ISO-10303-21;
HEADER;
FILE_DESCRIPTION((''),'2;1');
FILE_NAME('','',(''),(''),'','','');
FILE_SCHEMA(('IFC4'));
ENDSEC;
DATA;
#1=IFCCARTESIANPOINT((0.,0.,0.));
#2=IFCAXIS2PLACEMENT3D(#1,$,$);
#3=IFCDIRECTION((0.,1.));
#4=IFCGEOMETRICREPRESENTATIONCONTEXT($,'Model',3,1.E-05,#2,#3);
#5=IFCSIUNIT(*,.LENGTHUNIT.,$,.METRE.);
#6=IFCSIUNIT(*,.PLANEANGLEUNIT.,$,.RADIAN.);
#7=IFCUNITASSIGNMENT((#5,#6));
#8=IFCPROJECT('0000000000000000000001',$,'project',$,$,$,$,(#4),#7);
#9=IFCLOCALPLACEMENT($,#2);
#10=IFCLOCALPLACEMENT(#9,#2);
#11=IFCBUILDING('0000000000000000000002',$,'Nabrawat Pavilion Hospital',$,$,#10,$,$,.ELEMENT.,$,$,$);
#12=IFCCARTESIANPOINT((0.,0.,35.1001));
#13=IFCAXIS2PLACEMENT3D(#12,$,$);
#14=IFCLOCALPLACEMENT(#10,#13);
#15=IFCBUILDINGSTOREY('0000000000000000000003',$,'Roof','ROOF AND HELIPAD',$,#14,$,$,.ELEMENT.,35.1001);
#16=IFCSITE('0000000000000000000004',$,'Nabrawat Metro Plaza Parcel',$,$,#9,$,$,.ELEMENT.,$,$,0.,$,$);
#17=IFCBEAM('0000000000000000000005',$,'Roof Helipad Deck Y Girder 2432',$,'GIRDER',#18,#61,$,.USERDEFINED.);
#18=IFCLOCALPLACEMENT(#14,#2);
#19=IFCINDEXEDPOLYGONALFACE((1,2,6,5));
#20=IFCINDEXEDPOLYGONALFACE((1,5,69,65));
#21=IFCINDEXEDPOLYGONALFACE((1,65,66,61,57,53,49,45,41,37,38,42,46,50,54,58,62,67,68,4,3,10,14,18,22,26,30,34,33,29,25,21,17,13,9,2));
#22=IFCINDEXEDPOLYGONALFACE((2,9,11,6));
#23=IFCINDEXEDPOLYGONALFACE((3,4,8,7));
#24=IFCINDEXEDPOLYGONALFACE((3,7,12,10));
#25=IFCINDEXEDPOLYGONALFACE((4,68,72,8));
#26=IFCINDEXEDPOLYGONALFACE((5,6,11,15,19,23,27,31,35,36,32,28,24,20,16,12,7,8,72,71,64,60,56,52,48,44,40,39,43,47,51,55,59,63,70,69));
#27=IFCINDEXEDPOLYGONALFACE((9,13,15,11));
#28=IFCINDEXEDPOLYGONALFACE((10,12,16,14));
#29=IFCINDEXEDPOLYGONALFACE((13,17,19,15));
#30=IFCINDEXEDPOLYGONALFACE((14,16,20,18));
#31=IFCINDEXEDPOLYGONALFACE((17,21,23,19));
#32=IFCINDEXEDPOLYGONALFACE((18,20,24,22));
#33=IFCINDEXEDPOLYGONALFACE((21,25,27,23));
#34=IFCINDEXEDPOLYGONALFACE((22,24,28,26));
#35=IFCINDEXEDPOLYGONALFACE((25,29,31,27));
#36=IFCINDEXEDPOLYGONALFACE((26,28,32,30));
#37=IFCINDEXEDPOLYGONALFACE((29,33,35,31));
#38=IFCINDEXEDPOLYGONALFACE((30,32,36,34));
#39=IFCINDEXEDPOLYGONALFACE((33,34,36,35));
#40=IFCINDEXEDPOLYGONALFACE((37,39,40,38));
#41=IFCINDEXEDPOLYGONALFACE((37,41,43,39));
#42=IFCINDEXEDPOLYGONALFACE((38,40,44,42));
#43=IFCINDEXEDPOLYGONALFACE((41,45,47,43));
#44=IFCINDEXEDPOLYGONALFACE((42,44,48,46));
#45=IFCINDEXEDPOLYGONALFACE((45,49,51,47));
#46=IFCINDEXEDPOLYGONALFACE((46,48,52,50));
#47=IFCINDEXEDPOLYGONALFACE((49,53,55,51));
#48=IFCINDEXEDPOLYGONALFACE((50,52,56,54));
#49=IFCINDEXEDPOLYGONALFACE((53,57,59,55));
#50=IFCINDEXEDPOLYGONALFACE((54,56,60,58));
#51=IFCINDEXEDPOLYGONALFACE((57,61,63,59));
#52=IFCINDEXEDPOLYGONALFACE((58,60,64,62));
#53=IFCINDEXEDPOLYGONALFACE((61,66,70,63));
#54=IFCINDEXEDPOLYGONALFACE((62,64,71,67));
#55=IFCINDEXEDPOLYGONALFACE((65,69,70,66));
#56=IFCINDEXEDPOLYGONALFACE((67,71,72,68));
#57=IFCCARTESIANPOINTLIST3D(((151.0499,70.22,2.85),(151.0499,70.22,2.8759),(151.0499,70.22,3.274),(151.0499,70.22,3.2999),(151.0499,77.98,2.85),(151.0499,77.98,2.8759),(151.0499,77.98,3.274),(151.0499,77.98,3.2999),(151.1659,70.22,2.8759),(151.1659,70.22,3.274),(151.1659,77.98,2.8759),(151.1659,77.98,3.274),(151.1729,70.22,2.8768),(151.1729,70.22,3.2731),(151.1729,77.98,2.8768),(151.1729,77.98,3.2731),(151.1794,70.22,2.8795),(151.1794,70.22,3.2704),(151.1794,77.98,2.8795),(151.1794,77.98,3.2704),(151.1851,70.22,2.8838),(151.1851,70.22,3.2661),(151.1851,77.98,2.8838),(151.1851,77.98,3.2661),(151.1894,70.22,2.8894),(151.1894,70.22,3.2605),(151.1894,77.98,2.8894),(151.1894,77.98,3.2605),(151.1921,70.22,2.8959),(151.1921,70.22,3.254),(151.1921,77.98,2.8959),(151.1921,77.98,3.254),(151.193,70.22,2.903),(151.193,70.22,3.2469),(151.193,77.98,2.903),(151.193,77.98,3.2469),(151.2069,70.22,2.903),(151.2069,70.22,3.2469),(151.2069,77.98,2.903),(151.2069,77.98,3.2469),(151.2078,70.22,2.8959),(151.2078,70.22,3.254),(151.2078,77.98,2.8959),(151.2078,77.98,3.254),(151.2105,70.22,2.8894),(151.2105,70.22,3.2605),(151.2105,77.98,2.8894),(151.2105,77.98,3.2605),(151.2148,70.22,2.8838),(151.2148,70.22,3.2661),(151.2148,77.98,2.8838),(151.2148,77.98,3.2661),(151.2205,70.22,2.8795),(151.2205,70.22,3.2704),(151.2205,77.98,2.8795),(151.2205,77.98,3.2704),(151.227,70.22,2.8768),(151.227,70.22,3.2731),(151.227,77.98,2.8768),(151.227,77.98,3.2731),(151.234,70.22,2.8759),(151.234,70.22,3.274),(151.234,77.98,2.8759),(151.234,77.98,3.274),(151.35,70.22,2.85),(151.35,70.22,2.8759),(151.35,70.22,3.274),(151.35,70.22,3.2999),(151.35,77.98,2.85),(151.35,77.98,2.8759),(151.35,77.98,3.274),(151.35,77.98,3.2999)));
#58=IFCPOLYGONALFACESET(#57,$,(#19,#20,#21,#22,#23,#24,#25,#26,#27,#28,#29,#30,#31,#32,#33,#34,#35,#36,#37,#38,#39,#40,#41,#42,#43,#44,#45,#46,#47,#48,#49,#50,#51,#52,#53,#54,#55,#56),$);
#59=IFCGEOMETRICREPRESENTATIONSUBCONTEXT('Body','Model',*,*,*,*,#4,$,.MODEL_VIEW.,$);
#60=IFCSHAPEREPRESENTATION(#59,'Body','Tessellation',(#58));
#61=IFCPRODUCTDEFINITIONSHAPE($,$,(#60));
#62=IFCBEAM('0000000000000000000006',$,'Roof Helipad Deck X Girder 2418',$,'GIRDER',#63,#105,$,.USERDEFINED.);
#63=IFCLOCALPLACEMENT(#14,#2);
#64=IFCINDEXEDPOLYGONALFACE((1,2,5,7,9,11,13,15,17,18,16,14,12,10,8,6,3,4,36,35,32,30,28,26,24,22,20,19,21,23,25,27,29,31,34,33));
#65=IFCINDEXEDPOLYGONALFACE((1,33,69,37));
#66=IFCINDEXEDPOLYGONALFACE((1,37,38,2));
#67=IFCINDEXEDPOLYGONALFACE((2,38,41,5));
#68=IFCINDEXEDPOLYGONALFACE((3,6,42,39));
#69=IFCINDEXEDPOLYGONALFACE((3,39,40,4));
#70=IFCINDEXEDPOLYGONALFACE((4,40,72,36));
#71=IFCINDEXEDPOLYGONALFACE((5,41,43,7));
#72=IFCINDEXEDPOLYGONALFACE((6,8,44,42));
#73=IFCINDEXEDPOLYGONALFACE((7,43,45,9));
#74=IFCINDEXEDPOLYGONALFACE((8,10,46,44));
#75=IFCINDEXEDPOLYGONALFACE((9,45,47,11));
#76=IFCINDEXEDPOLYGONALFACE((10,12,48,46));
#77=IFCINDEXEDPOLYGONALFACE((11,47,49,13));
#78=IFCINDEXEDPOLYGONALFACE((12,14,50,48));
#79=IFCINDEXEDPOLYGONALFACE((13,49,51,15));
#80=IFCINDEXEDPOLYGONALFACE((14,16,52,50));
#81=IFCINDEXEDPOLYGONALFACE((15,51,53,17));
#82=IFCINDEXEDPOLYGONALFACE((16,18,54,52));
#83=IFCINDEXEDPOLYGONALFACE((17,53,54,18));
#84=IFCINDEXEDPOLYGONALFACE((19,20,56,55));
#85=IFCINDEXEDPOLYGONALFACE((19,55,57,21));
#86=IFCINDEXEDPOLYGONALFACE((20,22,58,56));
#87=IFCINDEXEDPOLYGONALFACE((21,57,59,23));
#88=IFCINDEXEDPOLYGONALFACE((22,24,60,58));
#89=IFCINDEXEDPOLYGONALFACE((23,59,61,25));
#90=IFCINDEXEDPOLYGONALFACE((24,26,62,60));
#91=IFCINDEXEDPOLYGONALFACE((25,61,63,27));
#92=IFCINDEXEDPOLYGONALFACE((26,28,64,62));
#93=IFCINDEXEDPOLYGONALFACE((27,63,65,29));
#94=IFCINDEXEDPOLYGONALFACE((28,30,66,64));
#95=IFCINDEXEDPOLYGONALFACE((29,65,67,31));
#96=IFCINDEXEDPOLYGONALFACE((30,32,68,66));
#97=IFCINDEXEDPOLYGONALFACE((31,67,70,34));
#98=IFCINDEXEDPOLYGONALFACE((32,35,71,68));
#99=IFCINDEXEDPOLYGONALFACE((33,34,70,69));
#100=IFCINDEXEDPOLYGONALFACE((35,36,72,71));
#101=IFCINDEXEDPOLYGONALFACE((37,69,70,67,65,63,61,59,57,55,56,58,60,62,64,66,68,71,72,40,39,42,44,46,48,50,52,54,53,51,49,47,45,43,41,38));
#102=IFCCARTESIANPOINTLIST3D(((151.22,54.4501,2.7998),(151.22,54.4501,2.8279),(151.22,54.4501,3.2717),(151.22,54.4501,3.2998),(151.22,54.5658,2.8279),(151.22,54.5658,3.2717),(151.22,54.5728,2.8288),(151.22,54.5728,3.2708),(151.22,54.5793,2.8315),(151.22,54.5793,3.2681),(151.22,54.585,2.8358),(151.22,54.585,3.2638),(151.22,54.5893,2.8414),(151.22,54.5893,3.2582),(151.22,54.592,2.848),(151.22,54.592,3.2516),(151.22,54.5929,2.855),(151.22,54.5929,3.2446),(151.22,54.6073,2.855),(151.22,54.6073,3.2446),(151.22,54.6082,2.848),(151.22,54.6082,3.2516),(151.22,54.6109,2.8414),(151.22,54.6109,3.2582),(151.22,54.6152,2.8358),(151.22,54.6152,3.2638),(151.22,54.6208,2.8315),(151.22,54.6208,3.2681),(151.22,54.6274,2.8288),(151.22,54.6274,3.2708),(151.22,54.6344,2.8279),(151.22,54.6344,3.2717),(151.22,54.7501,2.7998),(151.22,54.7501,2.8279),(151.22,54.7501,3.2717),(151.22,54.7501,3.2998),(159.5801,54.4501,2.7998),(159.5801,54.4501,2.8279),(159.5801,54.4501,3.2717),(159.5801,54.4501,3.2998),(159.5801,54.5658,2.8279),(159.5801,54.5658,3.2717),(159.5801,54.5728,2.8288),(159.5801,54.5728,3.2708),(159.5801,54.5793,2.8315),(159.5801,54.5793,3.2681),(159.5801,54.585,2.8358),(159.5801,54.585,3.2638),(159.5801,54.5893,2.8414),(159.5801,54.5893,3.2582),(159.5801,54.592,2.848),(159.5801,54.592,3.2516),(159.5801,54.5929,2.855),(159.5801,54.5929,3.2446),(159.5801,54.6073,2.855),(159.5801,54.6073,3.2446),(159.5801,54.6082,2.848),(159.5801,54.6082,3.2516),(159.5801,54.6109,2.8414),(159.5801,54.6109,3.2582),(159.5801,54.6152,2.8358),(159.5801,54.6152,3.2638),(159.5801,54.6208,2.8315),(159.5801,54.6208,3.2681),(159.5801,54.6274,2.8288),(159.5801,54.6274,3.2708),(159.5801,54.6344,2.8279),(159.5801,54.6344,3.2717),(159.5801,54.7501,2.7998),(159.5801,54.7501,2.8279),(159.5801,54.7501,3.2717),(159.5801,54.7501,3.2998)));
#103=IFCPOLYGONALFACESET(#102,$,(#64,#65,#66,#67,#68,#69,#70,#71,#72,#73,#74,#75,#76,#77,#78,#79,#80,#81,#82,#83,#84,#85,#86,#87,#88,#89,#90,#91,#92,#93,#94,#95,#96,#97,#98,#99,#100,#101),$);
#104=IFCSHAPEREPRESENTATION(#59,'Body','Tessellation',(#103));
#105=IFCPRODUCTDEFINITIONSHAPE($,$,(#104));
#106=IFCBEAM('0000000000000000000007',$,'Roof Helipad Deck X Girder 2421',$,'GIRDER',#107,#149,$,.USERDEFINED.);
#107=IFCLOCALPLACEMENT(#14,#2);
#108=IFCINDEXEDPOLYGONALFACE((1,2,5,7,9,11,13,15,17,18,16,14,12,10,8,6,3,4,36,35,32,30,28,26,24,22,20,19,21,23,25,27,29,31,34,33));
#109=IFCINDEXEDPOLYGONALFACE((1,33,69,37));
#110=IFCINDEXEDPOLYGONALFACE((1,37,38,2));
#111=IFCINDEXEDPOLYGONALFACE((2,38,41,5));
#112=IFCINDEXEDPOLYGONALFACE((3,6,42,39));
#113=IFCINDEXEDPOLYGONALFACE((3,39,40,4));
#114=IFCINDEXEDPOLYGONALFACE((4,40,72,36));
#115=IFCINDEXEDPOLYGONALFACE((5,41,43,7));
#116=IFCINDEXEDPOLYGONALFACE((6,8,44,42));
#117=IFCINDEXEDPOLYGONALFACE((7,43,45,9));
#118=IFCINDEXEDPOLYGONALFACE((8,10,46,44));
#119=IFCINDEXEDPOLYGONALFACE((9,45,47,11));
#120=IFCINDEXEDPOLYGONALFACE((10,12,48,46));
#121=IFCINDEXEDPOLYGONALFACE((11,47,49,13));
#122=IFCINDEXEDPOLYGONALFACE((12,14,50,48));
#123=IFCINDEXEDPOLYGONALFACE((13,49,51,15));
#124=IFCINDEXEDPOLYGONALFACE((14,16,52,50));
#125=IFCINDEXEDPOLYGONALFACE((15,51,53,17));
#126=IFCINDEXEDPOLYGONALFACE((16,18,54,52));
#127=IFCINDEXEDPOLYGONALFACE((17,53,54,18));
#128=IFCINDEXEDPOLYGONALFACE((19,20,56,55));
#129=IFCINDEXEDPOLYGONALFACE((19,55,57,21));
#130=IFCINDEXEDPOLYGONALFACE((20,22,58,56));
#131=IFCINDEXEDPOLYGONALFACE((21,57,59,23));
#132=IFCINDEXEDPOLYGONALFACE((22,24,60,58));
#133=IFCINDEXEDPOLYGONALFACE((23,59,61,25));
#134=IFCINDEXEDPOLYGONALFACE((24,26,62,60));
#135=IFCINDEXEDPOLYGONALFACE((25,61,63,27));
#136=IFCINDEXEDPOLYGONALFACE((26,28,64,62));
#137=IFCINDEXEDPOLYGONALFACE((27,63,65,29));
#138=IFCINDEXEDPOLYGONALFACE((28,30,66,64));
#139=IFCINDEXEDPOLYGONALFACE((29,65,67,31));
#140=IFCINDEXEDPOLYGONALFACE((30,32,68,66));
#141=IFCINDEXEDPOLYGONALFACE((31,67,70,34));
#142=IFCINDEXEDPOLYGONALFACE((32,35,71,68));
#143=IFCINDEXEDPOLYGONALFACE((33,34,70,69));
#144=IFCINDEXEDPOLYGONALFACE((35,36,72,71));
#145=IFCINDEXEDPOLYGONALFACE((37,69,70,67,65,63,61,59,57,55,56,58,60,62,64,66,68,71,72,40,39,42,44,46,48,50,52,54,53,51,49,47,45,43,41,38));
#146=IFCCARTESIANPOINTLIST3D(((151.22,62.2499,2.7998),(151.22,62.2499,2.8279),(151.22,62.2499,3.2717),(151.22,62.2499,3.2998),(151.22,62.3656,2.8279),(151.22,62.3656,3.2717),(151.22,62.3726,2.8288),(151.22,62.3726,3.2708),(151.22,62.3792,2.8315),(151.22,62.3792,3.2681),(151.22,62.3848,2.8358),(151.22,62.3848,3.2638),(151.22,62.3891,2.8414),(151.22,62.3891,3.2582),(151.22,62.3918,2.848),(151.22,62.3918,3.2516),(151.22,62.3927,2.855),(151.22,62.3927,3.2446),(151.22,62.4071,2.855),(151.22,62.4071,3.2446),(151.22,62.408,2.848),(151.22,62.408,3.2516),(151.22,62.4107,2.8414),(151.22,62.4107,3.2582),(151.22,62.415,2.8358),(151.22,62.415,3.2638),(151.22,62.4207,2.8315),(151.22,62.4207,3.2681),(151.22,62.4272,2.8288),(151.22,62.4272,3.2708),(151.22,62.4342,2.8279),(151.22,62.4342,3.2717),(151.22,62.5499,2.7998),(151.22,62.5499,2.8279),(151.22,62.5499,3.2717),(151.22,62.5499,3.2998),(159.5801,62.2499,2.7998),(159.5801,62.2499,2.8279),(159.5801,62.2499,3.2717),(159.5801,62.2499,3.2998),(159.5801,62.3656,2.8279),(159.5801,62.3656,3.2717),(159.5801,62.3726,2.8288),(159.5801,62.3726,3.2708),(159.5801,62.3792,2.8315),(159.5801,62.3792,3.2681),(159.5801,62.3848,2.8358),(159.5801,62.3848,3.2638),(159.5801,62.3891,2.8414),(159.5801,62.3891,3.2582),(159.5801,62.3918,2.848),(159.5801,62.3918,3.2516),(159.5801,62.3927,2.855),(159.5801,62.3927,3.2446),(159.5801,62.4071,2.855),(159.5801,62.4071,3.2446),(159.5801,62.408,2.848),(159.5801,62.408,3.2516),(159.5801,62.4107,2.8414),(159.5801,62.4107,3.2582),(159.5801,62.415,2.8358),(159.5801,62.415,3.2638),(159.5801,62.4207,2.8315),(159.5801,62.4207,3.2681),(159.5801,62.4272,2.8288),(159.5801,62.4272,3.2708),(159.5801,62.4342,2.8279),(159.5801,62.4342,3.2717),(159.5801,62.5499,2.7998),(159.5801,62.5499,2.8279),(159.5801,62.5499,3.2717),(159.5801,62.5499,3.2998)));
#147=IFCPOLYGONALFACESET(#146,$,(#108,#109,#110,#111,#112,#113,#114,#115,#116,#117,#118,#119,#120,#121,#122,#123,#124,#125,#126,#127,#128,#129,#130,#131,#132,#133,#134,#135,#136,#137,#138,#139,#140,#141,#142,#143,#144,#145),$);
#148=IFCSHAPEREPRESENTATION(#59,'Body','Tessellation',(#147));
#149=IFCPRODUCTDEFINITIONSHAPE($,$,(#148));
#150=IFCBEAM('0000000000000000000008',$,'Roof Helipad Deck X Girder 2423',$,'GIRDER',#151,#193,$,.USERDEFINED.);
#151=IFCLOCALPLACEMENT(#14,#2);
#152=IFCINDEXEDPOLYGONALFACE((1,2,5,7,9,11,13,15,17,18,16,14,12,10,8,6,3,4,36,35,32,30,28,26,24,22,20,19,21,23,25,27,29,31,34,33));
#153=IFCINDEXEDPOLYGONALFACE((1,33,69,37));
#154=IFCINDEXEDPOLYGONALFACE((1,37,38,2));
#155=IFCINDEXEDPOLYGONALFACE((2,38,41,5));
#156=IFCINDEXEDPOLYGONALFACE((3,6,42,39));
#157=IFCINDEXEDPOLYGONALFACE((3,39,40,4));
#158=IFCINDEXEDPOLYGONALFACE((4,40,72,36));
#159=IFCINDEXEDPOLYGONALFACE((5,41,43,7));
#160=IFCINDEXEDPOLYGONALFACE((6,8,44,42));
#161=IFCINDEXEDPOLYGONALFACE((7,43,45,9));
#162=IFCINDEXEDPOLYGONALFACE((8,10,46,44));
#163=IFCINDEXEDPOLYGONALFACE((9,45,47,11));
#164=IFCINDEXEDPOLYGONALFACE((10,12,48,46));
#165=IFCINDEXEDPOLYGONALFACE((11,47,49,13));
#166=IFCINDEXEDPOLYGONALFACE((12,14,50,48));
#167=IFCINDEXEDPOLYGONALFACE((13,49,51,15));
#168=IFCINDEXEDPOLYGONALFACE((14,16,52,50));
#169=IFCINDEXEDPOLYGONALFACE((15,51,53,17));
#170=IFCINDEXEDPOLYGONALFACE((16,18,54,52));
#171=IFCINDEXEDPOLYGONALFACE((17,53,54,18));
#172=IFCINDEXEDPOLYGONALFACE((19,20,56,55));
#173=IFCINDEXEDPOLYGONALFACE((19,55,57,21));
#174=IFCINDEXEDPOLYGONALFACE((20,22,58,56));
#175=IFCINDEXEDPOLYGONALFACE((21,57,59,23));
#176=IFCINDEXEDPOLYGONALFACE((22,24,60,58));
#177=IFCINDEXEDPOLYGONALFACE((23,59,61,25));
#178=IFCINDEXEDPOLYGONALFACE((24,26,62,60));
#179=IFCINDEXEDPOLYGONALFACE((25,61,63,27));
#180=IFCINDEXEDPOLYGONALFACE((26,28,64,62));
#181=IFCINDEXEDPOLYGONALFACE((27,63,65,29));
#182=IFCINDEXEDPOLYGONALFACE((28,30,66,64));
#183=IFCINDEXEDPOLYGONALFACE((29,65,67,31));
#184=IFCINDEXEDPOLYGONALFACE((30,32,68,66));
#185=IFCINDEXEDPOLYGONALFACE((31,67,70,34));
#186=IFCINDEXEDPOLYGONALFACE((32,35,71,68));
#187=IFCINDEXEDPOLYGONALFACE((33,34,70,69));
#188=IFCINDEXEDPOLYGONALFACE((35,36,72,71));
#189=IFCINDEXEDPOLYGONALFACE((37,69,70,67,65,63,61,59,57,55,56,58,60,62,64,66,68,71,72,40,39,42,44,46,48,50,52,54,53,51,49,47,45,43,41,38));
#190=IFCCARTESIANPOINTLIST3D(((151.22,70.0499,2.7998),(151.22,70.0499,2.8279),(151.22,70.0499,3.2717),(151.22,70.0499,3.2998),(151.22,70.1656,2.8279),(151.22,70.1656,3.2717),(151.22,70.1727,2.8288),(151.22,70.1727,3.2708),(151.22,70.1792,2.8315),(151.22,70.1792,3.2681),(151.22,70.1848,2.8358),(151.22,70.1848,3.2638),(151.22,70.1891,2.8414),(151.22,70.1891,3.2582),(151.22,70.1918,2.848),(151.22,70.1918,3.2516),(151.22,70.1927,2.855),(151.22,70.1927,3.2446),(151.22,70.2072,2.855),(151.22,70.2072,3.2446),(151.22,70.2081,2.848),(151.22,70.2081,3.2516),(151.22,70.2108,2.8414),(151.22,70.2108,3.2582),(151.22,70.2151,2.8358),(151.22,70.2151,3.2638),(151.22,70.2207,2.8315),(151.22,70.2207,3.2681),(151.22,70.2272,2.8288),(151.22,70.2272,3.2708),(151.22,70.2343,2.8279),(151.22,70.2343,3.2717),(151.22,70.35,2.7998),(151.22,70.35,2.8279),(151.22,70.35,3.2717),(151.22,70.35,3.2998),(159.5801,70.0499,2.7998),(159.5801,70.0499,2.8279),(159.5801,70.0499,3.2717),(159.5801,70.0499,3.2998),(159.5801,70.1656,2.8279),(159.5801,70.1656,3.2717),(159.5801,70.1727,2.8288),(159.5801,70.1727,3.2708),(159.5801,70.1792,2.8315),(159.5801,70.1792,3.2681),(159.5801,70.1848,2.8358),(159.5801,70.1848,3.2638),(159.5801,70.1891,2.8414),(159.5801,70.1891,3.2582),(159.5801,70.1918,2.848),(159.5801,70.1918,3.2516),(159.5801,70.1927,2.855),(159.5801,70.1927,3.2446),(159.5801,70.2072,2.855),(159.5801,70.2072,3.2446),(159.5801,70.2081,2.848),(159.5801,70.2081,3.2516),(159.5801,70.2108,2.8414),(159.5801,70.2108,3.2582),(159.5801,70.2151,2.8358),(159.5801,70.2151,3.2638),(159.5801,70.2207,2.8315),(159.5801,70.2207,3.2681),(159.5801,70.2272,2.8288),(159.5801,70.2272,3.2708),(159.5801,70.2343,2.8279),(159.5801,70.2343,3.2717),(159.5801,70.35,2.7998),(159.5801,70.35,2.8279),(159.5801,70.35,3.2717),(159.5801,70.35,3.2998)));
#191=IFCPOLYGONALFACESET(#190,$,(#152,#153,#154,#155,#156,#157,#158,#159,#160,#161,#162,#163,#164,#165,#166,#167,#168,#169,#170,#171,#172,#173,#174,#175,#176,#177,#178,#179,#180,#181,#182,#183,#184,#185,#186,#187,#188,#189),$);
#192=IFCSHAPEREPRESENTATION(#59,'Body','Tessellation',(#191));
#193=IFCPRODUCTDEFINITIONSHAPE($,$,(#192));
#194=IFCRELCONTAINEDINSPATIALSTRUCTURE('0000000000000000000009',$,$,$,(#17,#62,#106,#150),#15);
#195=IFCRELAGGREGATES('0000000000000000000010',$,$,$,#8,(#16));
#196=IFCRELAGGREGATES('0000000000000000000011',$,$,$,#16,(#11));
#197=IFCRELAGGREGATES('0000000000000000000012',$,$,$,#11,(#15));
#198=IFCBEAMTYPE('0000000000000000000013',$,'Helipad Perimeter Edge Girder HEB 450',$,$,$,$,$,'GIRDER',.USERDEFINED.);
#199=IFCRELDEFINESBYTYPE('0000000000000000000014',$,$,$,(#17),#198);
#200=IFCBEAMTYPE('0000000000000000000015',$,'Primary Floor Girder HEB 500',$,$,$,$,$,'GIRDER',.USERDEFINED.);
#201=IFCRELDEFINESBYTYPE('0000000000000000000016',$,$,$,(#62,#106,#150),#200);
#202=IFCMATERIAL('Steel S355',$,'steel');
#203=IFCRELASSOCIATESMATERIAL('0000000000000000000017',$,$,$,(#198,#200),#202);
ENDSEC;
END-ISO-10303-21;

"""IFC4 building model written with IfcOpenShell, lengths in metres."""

from ifc_helpers import new_model, si_unit, direction, frame, origin, origin_2d, place, context, subcontext, project, spatial, i_section, extrude, material, material_profile, profile_set, type_object, element, save


model = new_model("IFC4")

# Units and contexts
model_context = context("Model", 3, precision=1e-05, world=origin(), true_north=direction((0.0, 1.0)))
body_context = subcontext(model_context, "Body", "Model", "MODEL_VIEW")
ifc_project = project(units=[si_unit("LENGTHUNIT", "METRE"), si_unit("PLANEANGLEUNIT", "RADIAN")], contexts=[model_context])

# Site, building, storey
site_placement = place(None, origin())
site = spatial("IfcSite", under=ifc_project, at=site_placement, Name="Nabrawat Metro Plaza Parcel", CompositionType="ELEMENT", RefElevation=0.0)
building_placement = place(site_placement, origin())
building = spatial("IfcBuilding", under=site, at=building_placement, Name="Nabrawat Pavilion Hospital", CompositionType="ELEMENT")
storey_placement = place(building_placement, frame((0.0, 0.0, 35.1001)))
storey = spatial("IfcBuildingStorey", under=building, at=storey_placement, Name="Roof", Description="ROOF AND HELIPAD", CompositionType="ELEMENT", Elevation=35.1001)

# Beams
ifc_material = material(Name="Steel S355", Category="steel")
ifc_material_profile_1 = material_profile(ifc_material, i_section(OverallWidth=0.3, OverallDepth=0.45, WebThickness=0.0139, FlangeThickness=0.0259, FilletRadius=0.0271, at=origin_2d()), Name="HEB 450")
ifc_profile_set_1 = profile_set([ifc_material_profile_1], Name="Steel S355")
beam_type_1 = type_object("IfcBeamType", Name="Helipad Perimeter Edge Girder HEB 450", ElementType="GIRDER", PredefinedType="USERDEFINED", material=ifc_profile_set_1)
for number, where, z_axis, x_axis, name in (
    (1, (151.2, 70.22, 3.075), (0.0, 1.0, 0.0), (-1.0, 0.0, 0.0), "Roof Helipad Deck Y Girder 2432"),
):
    element("IfcBeam", number, at=place(storey_placement, frame(where, z_axis=z_axis, x_axis=x_axis)), inside=storey, type_object=beam_type_1, Name=name, ObjectType="GIRDER", PredefinedType="USERDEFINED", context=body_context, shape_type="SweptSolid", body=[
        extrude(i_section(OverallWidth=0.3, OverallDepth=0.45, WebThickness=0.0139, FlangeThickness=0.0259, FilletRadius=0.0271, at=origin_2d()), origin(), (0.0, 0.0, 1.0), 7.76),
    ])
ifc_material_profile_2 = material_profile(ifc_material, i_section(OverallWidth=0.3, OverallDepth=0.5, WebThickness=0.0144, FlangeThickness=0.0281, FilletRadius=0.0271, at=origin_2d()), Name="HEB 500")
ifc_profile_set_2 = profile_set([ifc_material_profile_2], Name="Steel S355")
beam_type_2 = type_object("IfcBeamType", Name="Primary Floor Girder HEB 500", ElementType="GIRDER", PredefinedType="USERDEFINED", material=ifc_profile_set_2)
for number, where, z_axis, x_axis, name in (
    (2, (151.22, 54.6001, 3.0498), (1.0, 0.0, 0.0), (0.0, 1.0, 0.0), "Roof Helipad Deck X Girder 2418"),
    (3, (151.22, 62.3999, 3.0498), (1.0, 0.0, 0.0), (0.0, 1.0, 0.0), "Roof Helipad Deck X Girder 2421"),
    (4, (151.22, 70.2, 3.0498), (1.0, 0.0, 0.0), (0.0, 1.0, 0.0), "Roof Helipad Deck X Girder 2423"),
):
    element("IfcBeam", number, at=place(storey_placement, frame(where, z_axis=z_axis, x_axis=x_axis)), inside=storey, type_object=beam_type_2, Name=name, ObjectType="GIRDER", PredefinedType="USERDEFINED", context=body_context, shape_type="SweptSolid", body=[
        extrude(i_section(OverallWidth=0.3, OverallDepth=0.5, WebThickness=0.0144, FlangeThickness=0.0281, FilletRadius=0.0271, at=origin_2d()), origin(), (0.0, 0.0, 1.0), 8.3601),
    ])

save(model, "model.ifc")
